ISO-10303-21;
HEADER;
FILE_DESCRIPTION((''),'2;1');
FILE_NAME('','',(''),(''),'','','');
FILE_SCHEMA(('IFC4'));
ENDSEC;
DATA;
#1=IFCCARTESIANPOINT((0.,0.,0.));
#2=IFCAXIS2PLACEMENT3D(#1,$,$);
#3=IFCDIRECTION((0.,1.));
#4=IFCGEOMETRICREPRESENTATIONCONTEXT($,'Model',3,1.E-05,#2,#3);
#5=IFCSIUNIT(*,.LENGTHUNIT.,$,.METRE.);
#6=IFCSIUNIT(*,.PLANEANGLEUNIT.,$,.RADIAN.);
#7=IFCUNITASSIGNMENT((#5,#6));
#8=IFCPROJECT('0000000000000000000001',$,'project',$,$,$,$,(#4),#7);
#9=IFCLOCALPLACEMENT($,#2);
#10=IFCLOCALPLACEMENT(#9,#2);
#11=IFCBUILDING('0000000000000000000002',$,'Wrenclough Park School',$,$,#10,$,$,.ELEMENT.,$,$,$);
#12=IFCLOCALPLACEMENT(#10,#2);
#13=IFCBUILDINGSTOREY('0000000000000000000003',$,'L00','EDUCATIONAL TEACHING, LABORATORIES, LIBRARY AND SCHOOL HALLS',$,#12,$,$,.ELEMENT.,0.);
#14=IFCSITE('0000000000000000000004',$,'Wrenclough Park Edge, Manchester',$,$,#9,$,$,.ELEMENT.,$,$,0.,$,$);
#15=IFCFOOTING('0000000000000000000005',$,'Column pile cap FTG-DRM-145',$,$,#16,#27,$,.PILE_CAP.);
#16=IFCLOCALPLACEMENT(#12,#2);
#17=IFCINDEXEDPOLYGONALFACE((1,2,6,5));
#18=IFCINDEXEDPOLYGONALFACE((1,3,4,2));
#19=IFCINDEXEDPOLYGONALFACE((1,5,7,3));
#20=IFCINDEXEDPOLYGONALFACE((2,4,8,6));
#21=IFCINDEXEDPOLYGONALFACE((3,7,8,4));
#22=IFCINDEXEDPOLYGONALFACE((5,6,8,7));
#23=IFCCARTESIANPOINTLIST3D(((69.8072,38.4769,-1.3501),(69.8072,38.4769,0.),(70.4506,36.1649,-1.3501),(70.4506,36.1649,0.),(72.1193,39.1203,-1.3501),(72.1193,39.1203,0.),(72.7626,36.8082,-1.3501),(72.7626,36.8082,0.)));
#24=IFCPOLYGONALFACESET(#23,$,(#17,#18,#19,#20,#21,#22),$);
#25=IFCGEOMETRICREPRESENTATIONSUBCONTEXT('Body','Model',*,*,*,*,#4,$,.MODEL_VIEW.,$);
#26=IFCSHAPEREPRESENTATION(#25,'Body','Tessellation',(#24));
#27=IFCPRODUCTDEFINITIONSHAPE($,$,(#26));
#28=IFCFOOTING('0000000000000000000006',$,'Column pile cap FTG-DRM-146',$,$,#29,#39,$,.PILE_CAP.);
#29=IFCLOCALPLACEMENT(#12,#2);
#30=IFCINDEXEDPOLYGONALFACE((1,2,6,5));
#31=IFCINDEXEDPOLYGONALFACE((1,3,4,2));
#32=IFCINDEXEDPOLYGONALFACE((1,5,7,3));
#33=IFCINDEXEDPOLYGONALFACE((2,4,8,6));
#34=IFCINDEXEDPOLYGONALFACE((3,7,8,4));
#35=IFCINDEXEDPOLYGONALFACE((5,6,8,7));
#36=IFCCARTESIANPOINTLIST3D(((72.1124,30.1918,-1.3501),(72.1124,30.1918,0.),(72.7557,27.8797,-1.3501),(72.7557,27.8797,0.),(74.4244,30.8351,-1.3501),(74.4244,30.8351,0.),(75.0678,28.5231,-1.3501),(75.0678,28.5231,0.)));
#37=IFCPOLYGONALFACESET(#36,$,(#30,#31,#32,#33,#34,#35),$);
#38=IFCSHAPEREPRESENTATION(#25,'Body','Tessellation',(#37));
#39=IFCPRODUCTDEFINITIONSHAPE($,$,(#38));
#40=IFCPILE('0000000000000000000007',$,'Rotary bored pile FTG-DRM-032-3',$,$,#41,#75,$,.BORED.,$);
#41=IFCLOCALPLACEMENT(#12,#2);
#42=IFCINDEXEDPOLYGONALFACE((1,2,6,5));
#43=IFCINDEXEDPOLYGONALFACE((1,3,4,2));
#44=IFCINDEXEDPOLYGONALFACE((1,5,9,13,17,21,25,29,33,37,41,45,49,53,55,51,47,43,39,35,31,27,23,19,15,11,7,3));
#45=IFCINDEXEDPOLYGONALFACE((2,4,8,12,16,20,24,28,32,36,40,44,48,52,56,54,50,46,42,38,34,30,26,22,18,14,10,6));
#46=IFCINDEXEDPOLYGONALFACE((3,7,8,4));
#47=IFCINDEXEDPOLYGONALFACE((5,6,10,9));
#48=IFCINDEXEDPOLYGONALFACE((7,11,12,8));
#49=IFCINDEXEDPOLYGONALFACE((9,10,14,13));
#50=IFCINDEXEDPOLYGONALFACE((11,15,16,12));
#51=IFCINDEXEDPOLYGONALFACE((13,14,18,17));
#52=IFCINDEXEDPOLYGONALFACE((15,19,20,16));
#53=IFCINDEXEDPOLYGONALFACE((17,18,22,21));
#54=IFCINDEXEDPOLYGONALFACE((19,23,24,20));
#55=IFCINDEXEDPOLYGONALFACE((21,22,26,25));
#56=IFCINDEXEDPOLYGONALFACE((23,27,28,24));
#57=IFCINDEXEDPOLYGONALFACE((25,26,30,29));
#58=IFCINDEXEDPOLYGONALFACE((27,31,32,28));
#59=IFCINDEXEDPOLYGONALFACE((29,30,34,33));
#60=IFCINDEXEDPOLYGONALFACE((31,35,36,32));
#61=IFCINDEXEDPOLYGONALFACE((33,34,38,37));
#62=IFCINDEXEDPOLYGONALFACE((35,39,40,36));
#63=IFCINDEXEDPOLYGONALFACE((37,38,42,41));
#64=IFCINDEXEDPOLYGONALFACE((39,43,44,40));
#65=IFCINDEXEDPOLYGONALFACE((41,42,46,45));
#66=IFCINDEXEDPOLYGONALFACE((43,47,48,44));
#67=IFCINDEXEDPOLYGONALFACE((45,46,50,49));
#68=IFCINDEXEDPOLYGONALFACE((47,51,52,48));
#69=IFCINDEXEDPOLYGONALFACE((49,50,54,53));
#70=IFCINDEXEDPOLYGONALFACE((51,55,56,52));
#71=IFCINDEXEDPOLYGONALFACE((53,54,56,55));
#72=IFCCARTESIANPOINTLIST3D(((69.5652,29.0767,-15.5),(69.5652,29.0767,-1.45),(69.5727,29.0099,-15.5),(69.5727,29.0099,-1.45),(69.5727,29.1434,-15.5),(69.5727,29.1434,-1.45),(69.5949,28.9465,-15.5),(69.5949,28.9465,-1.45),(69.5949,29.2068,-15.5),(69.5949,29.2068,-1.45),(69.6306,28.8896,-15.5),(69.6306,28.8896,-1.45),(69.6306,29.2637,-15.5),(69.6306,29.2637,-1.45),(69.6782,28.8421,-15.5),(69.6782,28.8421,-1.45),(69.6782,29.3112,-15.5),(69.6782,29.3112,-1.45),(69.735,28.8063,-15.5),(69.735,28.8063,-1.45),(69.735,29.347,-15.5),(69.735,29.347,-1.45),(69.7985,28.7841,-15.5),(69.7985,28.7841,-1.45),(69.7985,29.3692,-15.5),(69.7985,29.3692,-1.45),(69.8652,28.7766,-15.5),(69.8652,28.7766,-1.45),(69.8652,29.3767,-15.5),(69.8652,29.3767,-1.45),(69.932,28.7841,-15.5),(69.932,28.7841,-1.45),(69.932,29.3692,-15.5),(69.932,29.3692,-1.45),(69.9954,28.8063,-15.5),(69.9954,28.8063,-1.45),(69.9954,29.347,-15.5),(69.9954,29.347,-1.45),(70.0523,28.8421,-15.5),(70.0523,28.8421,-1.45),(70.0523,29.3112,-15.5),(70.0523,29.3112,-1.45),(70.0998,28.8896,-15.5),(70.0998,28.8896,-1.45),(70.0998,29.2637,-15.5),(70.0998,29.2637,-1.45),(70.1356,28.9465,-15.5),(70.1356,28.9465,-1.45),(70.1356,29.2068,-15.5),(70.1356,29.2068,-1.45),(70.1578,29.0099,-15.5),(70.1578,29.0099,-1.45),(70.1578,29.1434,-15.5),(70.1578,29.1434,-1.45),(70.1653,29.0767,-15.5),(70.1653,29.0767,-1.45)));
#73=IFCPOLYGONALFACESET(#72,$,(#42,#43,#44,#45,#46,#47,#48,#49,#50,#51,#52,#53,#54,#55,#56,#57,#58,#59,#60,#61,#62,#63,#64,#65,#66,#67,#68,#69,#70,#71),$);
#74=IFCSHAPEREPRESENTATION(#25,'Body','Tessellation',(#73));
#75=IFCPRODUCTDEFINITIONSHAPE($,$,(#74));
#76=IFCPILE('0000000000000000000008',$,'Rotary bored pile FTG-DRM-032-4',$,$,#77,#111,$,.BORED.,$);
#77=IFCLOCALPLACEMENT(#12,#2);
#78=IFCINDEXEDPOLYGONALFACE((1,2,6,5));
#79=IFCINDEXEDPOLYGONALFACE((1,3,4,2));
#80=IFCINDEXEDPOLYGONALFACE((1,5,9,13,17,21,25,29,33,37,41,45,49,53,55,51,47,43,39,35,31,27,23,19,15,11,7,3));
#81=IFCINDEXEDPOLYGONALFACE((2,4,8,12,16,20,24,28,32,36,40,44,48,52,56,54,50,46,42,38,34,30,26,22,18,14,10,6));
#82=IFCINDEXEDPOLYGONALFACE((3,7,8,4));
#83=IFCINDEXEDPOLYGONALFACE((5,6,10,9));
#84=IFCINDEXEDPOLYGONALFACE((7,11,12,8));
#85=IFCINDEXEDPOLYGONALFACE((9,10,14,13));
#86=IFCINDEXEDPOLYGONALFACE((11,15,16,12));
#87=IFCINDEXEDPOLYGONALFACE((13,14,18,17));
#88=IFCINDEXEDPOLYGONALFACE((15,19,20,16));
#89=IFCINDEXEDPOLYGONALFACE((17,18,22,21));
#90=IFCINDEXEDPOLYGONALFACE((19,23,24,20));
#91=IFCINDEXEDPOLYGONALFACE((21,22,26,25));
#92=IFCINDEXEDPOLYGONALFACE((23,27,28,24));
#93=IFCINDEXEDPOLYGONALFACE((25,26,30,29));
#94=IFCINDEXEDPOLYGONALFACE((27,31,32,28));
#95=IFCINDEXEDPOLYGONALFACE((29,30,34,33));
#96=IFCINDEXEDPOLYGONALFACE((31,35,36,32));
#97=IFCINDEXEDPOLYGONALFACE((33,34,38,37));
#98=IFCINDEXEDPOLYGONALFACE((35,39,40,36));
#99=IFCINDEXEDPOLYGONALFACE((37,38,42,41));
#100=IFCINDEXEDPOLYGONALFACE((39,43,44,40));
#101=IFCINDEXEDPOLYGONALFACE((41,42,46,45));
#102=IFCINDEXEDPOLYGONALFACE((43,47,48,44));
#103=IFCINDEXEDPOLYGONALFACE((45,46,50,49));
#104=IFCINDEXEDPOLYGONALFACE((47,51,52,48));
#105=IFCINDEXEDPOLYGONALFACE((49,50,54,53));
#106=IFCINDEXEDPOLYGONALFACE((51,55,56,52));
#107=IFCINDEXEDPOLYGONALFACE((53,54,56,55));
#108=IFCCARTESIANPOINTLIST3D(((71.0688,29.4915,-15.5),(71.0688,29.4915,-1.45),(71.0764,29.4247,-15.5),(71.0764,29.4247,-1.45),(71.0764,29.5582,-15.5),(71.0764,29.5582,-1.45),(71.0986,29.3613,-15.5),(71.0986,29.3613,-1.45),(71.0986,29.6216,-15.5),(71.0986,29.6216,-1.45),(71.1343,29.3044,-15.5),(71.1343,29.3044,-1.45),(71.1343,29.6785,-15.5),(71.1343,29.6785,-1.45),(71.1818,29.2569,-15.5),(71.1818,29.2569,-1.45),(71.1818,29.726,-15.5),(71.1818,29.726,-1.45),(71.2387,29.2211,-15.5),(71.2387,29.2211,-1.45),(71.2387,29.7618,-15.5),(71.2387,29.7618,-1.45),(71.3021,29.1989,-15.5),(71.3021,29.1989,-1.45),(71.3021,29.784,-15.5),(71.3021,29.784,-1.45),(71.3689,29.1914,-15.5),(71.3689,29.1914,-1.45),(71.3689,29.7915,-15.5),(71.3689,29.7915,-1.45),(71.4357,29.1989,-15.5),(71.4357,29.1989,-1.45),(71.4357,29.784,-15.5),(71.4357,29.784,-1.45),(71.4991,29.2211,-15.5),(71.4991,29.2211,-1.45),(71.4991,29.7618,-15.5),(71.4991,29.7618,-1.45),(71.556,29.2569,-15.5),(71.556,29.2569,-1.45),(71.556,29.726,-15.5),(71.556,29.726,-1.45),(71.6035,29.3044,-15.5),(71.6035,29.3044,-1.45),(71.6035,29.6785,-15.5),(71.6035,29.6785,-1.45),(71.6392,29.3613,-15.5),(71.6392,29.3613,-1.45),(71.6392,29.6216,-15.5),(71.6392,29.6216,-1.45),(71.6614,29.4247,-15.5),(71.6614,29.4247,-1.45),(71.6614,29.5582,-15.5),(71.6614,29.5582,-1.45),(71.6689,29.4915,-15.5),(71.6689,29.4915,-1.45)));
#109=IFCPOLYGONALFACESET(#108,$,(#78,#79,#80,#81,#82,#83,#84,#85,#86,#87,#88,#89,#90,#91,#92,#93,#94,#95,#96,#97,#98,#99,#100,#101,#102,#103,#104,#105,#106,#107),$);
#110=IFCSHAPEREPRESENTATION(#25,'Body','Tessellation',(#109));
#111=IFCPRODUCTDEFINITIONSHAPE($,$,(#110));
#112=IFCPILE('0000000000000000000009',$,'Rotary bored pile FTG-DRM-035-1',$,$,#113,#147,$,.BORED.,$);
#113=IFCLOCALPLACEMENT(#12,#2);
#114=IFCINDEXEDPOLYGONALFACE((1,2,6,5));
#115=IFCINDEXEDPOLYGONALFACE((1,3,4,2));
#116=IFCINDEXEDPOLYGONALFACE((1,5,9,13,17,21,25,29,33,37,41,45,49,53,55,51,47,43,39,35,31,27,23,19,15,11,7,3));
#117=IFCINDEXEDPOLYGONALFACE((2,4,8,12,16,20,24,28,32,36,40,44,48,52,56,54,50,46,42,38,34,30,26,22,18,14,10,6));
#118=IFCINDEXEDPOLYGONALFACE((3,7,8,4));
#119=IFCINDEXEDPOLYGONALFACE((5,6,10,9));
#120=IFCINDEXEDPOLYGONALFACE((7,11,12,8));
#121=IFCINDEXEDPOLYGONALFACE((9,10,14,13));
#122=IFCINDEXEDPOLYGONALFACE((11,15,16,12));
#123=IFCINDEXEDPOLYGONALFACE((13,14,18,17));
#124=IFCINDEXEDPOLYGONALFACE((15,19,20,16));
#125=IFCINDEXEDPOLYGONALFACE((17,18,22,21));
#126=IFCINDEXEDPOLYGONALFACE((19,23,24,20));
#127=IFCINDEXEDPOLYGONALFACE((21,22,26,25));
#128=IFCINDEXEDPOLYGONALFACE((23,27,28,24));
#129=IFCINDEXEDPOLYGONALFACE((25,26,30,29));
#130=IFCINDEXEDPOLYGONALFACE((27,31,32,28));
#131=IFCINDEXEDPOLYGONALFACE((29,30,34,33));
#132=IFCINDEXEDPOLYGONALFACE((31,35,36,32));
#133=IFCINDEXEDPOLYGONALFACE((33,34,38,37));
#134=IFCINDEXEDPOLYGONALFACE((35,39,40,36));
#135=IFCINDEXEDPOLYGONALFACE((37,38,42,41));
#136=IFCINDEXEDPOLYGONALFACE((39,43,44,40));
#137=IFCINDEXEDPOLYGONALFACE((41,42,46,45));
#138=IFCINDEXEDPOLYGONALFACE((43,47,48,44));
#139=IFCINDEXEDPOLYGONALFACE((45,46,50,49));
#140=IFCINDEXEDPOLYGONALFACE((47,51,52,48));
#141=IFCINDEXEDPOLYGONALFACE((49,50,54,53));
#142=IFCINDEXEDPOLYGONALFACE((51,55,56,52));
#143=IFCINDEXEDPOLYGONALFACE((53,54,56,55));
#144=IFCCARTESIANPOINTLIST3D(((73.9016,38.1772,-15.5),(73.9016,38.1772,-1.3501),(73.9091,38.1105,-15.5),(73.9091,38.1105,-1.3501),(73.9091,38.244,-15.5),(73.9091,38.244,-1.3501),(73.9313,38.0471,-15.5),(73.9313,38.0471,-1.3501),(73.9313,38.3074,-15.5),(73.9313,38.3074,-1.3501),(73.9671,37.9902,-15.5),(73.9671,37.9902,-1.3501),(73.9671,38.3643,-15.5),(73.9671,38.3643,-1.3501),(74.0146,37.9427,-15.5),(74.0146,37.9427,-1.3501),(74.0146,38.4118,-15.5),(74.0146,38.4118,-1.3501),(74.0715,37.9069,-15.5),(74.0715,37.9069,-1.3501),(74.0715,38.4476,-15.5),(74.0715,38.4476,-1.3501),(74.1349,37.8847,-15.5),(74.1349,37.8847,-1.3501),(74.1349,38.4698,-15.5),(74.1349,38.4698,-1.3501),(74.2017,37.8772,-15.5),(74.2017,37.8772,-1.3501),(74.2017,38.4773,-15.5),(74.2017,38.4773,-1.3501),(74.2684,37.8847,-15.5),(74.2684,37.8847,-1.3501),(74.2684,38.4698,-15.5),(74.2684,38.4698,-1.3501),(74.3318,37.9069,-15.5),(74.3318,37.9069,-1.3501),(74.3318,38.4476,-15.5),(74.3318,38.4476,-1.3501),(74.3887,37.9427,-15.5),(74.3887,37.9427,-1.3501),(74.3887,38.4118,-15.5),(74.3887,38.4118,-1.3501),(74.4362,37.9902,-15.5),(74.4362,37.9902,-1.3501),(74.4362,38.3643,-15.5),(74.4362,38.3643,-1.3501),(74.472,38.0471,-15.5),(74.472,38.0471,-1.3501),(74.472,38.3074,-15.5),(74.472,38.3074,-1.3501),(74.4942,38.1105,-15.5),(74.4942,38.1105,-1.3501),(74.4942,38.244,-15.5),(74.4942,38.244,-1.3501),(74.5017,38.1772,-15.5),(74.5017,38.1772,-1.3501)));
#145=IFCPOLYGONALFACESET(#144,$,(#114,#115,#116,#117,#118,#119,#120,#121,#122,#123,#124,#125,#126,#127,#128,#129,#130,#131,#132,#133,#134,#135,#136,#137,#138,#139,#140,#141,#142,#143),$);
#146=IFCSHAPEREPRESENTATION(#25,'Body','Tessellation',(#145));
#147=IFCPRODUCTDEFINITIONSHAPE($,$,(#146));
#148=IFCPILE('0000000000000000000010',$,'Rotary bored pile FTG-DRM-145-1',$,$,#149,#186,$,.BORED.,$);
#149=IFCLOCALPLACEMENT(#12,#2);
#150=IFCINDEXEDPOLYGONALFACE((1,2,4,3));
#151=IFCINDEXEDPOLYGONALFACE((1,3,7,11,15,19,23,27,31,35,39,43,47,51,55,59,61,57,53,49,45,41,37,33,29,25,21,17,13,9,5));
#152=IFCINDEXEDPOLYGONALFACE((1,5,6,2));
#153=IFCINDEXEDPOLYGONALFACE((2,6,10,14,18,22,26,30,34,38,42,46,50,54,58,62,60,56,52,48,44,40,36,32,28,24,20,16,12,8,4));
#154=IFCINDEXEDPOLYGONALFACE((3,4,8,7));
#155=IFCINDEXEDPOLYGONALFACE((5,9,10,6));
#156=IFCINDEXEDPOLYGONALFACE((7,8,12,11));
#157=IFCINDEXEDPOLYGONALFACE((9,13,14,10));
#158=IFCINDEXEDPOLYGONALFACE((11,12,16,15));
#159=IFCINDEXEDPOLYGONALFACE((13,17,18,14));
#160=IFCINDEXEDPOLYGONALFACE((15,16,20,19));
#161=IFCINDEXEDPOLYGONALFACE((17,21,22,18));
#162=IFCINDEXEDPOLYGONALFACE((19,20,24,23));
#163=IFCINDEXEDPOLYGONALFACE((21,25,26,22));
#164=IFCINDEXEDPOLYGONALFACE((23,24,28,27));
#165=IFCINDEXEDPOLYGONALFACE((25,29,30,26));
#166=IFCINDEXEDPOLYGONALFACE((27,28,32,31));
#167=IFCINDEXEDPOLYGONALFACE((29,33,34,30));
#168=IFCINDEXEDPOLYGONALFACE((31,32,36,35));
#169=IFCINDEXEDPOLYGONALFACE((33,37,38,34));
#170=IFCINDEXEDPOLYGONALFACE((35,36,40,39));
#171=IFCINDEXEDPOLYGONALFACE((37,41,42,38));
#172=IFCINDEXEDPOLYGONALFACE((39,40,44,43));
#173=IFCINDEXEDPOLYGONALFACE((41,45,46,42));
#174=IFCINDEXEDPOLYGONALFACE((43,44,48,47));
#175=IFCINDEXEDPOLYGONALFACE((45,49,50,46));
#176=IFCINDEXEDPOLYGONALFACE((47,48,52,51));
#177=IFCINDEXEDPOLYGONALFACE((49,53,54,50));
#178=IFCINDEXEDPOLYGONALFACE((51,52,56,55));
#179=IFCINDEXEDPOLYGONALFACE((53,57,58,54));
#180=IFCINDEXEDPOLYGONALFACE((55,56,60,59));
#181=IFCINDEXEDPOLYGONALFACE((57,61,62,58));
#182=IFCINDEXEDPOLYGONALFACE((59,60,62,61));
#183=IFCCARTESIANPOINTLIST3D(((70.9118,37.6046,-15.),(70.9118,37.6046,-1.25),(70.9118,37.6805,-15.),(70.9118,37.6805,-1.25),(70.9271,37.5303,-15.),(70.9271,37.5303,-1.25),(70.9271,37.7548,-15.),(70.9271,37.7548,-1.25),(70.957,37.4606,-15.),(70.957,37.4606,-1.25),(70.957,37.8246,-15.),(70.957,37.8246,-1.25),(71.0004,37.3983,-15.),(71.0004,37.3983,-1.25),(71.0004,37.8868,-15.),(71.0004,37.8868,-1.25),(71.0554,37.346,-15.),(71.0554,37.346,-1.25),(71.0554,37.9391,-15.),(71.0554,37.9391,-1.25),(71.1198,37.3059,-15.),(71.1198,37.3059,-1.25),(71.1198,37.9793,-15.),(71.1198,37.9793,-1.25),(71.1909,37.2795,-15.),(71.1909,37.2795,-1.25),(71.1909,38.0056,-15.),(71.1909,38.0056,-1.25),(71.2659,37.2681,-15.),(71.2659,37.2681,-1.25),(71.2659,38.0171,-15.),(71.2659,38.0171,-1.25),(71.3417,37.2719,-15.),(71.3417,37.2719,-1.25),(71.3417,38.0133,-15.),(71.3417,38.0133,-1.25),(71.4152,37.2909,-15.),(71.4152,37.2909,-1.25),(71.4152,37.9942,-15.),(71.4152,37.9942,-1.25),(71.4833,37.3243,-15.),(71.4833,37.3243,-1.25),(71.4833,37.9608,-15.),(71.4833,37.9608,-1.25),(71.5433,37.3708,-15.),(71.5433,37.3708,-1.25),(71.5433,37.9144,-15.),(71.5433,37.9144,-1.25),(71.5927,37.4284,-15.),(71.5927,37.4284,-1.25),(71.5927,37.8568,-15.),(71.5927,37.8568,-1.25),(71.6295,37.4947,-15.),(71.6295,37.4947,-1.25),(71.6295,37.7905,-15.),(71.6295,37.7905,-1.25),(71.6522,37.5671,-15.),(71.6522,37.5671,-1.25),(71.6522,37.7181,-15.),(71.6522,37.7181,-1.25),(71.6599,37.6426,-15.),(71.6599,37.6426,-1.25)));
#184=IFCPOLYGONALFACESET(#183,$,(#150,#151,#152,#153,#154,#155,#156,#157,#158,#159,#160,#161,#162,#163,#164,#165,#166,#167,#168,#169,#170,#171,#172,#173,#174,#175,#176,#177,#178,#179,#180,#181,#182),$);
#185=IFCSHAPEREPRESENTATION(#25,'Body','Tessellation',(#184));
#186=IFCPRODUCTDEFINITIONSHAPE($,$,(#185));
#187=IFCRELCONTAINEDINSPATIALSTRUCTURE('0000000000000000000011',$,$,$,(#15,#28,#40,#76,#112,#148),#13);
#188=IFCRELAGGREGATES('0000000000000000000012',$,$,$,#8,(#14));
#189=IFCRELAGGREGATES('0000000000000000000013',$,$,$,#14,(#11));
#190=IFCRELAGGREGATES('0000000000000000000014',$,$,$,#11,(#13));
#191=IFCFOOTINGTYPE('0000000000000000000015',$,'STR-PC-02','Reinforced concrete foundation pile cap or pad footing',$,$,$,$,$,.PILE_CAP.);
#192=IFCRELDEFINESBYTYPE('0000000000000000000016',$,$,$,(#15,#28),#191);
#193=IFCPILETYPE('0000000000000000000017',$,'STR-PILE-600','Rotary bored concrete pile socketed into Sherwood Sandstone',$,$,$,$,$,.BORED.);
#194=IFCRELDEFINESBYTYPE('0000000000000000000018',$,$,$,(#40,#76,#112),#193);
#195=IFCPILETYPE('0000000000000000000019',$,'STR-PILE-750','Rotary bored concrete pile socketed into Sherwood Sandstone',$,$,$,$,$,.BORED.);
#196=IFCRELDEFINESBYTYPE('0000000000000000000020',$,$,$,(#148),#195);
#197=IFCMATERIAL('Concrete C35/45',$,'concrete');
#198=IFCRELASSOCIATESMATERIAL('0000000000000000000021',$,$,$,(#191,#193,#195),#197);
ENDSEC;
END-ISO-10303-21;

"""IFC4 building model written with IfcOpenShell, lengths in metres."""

from ifc_helpers import new_model, si_unit, direction, frame, origin, origin_2d, place, context, subcontext, project, spatial, rectangle, circle, extrude, material, material_profile, profile_set, type_object, element, save


model = new_model("IFC4")

# Units and contexts
model_context = context("Model", 3, precision=1e-05, world=origin(), true_north=direction((0.0, 1.0)))
body_context = subcontext(model_context, "Body", "Model", "MODEL_VIEW")
ifc_project = project(units=[si_unit("LENGTHUNIT", "METRE"), si_unit("PLANEANGLEUNIT", "RADIAN")], contexts=[model_context])

# Site, building, storey
site_placement = place(None, origin())
site = spatial("IfcSite", under=ifc_project, at=site_placement, Name="Wrenclough Park Edge, Manchester", CompositionType="ELEMENT", RefElevation=0.0)
building_placement = place(site_placement, origin())
building = spatial("IfcBuilding", under=site, at=building_placement, Name="Wrenclough Park School", CompositionType="ELEMENT")
storey_placement = place(building_placement, origin())
storey = spatial("IfcBuildingStorey", under=building, at=storey_placement, Name="L00", Description="EDUCATIONAL TEACHING, LABORATORIES, LIBRARY AND SCHOOL HALLS", CompositionType="ELEMENT", Elevation=0.0)

# Footings
ifc_material_1 = material(Name="Concrete C35/45", Category="concrete")
footing_type = type_object("IfcFootingType", Name="STR-PC-02", Description="Reinforced concrete foundation pile cap or pad footing", PredefinedType="PILE_CAP", material=ifc_material_1)
for number, where, z_axis, x_axis, name in (
    (1, (71.2849, 37.6426, -1.3501), (0.0, 0.0, 1.0), (0.963397, 0.268079, 0.0), "Column pile cap FTG-DRM-145"),
    (2, (73.5901, 29.3574, -1.3501), (0.0, 0.0, 1.0), (0.963397, 0.268079, 0.0), "Column pile cap FTG-DRM-146"),
):
    element("IfcFooting", number, at=place(storey_placement, frame(where, z_axis=z_axis, x_axis=x_axis)), inside=storey, type_object=footing_type, Name=name, PredefinedType="PILE_CAP", context=body_context, shape_type="SweptSolid", body=[
        extrude(rectangle(XDim=2.3999, YDim=2.3999, at=origin_2d()), origin(), (0.0, 0.0, 1.0), 1.3501),
    ])

# Piles
ifc_material_profile_1 = material_profile(ifc_material_1, circle(Radius=0.3, at=origin_2d()), Name="BORED PILE D600")
ifc_profile_set_1 = profile_set([ifc_material_profile_1], Name="Concrete C35/45")
pile_type_1 = type_object("IfcPileType", Name="STR-PILE-600", Description="Rotary bored concrete pile socketed into Sherwood Sandstone", PredefinedType="BORED", material=ifc_profile_set_1)
for number, where, z_axis, x_axis, name in (
    (3, (69.8652, 29.0767, -1.45), (0.0, 0.0, -1.0), (1.0, 0.0, 0.0), "Rotary bored pile FTG-DRM-032-3"),
    (4, (71.3689, 29.4915, -1.45), (0.0, 0.0, -1.0), (1.0, 0.0, 0.0), "Rotary bored pile FTG-DRM-032-4"),
):
    element("IfcPile", number, at=place(storey_placement, frame(where, z_axis=z_axis, x_axis=x_axis)), inside=storey, type_object=pile_type_1, Name=name, PredefinedType="BORED", context=body_context, shape_type="SweptSolid", body=[
        extrude(circle(Radius=0.3, at=origin_2d()), origin(), (0.0, 0.0, 1.0), 14.05),
    ])
pile_placement = place(storey_placement, frame((74.2017, 38.1772, -1.3501), z_axis=(0.0, 0.0, -1.0), x_axis=(1.0, 0.0, 0.0)))
element("IfcPile", 5, at=pile_placement, inside=storey, type_object=pile_type_1, Name="Rotary bored pile FTG-DRM-035-1", PredefinedType="BORED", context=body_context, shape_type="SweptSolid", body=[
    extrude(circle(Radius=0.3, at=origin_2d()), origin(), (0.0, 0.0, 1.0), 14.1499),
])
ifc_material_profile_2 = material_profile(ifc_material_1, circle(Radius=0.375, at=origin_2d()), Name="BORED PILE D750")
ifc_profile_set_2 = profile_set([ifc_material_profile_2], Name="Concrete C35/45")
pile_type_2 = type_object("IfcPileType", Name="STR-PILE-750", Description="Rotary bored concrete pile socketed into Sherwood Sandstone", PredefinedType="BORED", material=ifc_profile_set_2)
for number, where, z_axis, x_axis, name in (
    (6, (71.2849, 37.6426, -1.25), (0.0, 0.0, -1.0), (1.0, 0.0, 0.0), "Rotary bored pile FTG-DRM-145-1"),
):
    element("IfcPile", number, at=place(storey_placement, frame(where, z_axis=z_axis, x_axis=x_axis)), inside=storey, type_object=pile_type_2, Name=name, PredefinedType="BORED", context=body_context, shape_type="SweptSolid", body=[
        extrude(circle(Radius=0.375, at=origin_2d()), origin(), (0.0, 0.0, 1.0), 13.75),
    ])

save(model, "model.ifc")
